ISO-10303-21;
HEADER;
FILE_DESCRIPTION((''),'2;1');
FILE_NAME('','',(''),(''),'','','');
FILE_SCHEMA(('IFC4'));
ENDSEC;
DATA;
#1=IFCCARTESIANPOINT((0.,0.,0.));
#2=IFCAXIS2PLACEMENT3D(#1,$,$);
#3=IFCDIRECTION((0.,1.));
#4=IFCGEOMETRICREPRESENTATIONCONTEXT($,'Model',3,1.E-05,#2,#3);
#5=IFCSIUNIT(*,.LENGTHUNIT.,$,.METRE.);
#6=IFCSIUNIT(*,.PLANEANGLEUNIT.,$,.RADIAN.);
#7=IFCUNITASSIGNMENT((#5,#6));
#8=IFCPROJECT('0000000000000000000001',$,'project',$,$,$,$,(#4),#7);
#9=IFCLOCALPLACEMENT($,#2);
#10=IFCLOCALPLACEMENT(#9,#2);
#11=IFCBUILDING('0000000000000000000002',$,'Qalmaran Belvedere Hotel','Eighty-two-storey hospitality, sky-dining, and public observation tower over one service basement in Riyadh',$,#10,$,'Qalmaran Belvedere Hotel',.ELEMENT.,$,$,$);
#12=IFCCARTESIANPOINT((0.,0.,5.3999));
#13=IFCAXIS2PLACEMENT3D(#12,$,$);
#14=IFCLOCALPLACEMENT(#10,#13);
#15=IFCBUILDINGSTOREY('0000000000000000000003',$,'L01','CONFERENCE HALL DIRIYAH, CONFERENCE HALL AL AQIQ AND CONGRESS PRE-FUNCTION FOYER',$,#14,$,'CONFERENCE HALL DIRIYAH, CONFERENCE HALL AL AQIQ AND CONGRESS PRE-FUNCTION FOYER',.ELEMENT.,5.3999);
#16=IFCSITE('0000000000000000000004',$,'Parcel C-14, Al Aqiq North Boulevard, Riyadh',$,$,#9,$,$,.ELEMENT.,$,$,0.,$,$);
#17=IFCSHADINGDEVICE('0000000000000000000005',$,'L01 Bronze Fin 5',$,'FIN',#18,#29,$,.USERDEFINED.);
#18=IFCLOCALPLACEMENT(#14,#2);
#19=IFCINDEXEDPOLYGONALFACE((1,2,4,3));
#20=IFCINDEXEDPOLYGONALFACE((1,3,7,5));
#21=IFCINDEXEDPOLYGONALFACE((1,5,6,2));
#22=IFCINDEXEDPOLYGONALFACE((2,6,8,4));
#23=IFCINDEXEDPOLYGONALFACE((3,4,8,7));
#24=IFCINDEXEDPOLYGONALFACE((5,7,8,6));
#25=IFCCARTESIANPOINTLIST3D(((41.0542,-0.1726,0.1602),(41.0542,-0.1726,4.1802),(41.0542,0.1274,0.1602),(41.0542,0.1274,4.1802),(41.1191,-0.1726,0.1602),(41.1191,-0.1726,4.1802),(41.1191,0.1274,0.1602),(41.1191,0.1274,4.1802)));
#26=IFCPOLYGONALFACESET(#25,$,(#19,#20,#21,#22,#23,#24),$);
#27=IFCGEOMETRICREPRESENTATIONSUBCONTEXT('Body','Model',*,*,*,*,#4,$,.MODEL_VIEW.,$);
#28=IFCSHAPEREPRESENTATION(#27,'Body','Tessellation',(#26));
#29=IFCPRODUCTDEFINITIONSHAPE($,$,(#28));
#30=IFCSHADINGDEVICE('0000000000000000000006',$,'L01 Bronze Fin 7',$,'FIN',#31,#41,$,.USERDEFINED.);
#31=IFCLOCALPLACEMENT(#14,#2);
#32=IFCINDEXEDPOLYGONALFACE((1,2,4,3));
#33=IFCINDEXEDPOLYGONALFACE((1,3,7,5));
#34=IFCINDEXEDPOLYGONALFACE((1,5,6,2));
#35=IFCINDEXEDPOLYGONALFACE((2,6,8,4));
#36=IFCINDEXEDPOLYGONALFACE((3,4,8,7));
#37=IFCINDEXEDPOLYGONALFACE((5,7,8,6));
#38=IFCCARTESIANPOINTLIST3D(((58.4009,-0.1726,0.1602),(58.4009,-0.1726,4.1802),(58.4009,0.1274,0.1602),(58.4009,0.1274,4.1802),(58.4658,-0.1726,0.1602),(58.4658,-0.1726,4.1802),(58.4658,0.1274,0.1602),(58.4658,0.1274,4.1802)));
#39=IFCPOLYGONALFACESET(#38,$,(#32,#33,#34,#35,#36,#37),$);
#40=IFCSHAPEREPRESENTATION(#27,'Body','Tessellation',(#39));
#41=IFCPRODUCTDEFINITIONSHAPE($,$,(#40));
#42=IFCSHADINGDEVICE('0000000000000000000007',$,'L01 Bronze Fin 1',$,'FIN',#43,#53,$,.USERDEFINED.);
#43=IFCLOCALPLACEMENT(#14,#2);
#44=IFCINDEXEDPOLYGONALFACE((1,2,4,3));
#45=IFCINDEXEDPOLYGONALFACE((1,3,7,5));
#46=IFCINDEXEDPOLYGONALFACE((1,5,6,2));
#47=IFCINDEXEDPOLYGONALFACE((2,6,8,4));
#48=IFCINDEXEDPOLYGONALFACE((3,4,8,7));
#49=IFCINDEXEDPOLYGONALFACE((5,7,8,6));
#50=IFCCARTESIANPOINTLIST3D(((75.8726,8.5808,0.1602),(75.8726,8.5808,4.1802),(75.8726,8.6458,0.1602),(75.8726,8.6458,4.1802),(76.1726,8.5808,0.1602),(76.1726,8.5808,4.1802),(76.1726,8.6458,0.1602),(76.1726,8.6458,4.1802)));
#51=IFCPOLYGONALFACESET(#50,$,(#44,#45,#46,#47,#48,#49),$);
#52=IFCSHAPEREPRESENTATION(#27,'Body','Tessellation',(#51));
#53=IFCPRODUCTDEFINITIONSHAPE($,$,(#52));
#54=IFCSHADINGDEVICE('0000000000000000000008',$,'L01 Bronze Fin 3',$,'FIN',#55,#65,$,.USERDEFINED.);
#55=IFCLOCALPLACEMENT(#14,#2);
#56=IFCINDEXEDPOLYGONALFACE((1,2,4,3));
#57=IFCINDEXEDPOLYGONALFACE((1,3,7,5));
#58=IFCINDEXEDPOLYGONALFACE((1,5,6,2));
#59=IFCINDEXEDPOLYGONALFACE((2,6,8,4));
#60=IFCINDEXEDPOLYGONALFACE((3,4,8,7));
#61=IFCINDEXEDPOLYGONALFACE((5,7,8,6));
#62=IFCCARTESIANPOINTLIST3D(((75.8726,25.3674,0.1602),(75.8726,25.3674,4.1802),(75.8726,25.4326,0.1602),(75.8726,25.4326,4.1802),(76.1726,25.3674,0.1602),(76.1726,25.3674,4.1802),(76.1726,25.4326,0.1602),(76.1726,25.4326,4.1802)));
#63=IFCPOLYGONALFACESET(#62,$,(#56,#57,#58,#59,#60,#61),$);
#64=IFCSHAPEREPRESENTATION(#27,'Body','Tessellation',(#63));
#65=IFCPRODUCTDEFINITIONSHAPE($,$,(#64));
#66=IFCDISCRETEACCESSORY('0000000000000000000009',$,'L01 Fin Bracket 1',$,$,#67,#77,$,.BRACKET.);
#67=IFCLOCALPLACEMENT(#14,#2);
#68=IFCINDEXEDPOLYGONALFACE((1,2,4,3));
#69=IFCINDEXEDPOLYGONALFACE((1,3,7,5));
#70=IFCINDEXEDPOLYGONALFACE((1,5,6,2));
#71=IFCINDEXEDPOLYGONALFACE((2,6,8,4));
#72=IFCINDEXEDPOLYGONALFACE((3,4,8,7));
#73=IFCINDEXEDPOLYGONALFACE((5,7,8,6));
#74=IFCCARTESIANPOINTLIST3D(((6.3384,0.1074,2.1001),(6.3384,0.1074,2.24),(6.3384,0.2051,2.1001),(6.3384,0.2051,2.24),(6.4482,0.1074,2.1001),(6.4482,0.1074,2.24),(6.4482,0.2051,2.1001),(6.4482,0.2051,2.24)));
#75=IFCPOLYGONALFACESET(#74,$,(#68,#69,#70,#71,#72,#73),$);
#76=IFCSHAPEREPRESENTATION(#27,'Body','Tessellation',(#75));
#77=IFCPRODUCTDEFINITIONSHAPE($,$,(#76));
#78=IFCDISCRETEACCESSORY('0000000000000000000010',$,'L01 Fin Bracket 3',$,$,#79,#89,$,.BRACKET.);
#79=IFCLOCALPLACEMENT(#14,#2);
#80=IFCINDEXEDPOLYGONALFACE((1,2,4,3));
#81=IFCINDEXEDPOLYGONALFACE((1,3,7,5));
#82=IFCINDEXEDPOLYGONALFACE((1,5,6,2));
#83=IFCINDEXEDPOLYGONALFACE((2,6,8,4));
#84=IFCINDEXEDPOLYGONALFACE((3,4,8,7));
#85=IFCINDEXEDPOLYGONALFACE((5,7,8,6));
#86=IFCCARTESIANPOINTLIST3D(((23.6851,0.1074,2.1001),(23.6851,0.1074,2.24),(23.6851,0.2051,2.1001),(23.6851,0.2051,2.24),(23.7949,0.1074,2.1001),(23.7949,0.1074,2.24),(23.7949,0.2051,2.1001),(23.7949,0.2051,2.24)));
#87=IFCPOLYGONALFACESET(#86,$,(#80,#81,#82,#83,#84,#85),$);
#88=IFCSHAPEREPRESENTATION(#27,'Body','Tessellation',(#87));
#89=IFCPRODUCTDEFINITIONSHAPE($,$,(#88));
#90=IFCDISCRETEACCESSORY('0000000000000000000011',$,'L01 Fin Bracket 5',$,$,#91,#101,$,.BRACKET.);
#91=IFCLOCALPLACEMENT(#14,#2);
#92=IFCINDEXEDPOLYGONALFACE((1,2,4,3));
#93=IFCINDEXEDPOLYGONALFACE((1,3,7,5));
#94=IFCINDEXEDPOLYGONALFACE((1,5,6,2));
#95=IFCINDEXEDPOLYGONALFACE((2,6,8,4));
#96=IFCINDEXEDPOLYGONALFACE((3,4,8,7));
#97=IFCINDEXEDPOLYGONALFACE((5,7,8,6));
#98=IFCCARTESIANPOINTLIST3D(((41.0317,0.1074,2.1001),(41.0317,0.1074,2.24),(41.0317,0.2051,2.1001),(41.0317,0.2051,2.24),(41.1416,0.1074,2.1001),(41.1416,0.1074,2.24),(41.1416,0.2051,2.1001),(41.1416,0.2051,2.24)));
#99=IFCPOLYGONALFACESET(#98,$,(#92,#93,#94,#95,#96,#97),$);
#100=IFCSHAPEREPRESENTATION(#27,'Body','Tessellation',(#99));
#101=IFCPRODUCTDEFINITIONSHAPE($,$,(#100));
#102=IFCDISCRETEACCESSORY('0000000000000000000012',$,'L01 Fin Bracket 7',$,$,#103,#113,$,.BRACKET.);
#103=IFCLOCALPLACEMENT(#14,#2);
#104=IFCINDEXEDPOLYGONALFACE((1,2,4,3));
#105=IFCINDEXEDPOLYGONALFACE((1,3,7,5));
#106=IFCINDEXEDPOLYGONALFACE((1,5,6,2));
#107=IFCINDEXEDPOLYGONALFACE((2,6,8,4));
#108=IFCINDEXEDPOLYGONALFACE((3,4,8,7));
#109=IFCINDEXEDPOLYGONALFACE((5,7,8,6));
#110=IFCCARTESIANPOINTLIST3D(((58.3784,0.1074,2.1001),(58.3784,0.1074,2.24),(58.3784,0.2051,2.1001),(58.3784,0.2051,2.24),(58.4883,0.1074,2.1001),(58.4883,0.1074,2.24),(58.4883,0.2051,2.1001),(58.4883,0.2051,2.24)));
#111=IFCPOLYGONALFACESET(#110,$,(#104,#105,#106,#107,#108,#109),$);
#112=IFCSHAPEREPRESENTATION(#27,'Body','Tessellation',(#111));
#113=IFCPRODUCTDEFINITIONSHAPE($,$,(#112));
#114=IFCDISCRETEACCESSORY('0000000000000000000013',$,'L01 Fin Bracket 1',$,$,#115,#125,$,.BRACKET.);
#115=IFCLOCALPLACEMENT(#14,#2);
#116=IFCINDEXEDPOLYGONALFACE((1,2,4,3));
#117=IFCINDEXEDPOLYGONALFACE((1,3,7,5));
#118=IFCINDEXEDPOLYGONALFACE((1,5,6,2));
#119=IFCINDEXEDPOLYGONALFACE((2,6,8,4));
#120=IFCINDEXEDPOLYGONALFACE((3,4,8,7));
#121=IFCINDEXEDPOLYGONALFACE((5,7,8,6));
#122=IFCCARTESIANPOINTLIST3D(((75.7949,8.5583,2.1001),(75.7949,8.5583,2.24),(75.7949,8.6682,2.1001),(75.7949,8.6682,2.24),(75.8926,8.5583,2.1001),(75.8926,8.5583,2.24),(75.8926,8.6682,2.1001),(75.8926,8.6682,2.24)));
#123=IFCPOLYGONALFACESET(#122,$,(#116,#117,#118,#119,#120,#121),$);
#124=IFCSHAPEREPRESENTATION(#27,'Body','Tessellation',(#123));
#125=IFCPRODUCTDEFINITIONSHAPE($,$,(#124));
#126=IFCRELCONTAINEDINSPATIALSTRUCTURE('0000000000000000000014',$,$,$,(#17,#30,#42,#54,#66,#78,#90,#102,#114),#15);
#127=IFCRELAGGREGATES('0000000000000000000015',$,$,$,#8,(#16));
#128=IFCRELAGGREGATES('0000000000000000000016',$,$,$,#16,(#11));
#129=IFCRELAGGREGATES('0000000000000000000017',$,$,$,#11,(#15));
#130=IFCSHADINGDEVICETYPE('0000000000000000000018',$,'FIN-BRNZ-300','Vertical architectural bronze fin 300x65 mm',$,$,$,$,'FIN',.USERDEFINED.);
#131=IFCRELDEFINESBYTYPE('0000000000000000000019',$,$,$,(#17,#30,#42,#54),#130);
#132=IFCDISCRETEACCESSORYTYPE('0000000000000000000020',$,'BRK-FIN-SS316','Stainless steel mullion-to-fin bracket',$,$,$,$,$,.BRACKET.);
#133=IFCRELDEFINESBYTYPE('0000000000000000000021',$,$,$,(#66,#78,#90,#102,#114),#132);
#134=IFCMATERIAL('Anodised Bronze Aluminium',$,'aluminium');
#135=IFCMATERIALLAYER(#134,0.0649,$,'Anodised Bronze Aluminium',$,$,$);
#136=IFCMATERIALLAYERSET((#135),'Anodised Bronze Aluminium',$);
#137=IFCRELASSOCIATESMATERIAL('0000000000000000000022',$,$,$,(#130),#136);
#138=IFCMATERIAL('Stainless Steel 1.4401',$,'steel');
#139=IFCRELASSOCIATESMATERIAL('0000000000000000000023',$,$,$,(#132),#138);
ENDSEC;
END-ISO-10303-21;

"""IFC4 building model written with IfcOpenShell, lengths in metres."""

from ifc_helpers import new_model, si_unit, direction, frame, origin, place, context, subcontext, project, spatial, polyline, outline, extrude, material, layer, layer_set, type_object, element, save


model = new_model("IFC4")

# Units and contexts
model_context = context("Model", 3, precision=1e-05, world=origin(), true_north=direction((0.0, 1.0)))
body_context = subcontext(model_context, "Body", "Model", "MODEL_VIEW")
ifc_project = project(units=[si_unit("LENGTHUNIT", "METRE"), si_unit("PLANEANGLEUNIT", "RADIAN")], contexts=[model_context])

# Site, building, storey
site_placement = place(None, origin())
site = spatial("IfcSite", under=ifc_project, at=site_placement, Name="Parcel C-14, Al Aqiq North Boulevard, Riyadh", CompositionType="ELEMENT", RefElevation=0.0)
building_placement = place(site_placement, origin())
building = spatial("IfcBuilding", under=site, at=building_placement, Name="Qalmaran Belvedere Hotel", Description="Eighty-two-storey hospitality, sky-dining, and public observation tower over one service basement in Riyadh", LongName="Qalmaran Belvedere Hotel", CompositionType="ELEMENT")
storey_placement = place(building_placement, frame((0.0, 0.0, 5.3999)))
storey = spatial("IfcBuildingStorey", under=building, at=storey_placement, Name="L01", Description="CONFERENCE HALL DIRIYAH, CONFERENCE HALL AL AQIQ AND CONGRESS PRE-FUNCTION FOYER", LongName="CONFERENCE HALL DIRIYAH, CONFERENCE HALL AL AQIQ AND CONGRESS PRE-FUNCTION FOYER", CompositionType="ELEMENT", Elevation=5.3999)

# Shared definitions
ifc_material_1 = material(Name="Anodised Bronze Aluminium", Category="aluminium")

# Shading devices
ifc_layer_1 = layer(ifc_material_1, 0.0649, Name="Anodised Bronze Aluminium")
ifc_layer_set_1 = layer_set([ifc_layer_1], Name="Anodised Bronze Aluminium")
shading_device_type = type_object("IfcShadingDeviceType", Name="FIN-BRNZ-300", Description="Vertical architectural bronze fin 300x65 mm", ElementType="FIN", PredefinedType="USERDEFINED", material=ifc_layer_set_1)
shading_device_1_placement = place(storey_placement, frame((0.0, 0.0, 0.1602)))
element("IfcShadingDevice", 1, at=shading_device_1_placement, inside=storey, type_object=shading_device_type, Name="L01 Bronze Fin 5", ObjectType="FIN", PredefinedType="USERDEFINED", context=body_context, shape_type="SweptSolid", body=[
    extrude(outline(polyline([(41.0542, 0.1274), (41.0542, -0.1726), (41.1191, -0.1726), (41.1191, 0.1274), (41.0542, 0.1274)])), origin(), (0.0, 0.0, 1.0), 4.02),
])
shading_device_2_placement = place(storey_placement, frame((0.0, 0.0, 0.1602)))
element("IfcShadingDevice", 2, at=shading_device_2_placement, inside=storey, type_object=shading_device_type, Name="L01 Bronze Fin 7", ObjectType="FIN", PredefinedType="USERDEFINED", context=body_context, shape_type="SweptSolid", body=[
    extrude(outline(polyline([(58.4009, 0.1274), (58.4009, -0.1726), (58.4658, -0.1726), (58.4658, 0.1274), (58.4009, 0.1274)])), origin(), (0.0, 0.0, 1.0), 4.02),
])
shading_device_3_placement = place(storey_placement, frame((0.0, 0.0, 0.1602)))
element("IfcShadingDevice", 3, at=shading_device_3_placement, inside=storey, type_object=shading_device_type, Name="L01 Bronze Fin 1", ObjectType="FIN", PredefinedType="USERDEFINED", context=body_context, shape_type="SweptSolid", body=[
    extrude(outline(polyline([(75.8726, 8.5808), (76.1726, 8.5808), (76.1726, 8.6458), (75.8726, 8.6458), (75.8726, 8.5808)])), origin(), (0.0, 0.0, 1.0), 4.02),
])
shading_device_4_placement = place(storey_placement, frame((0.0, 0.0, 0.1602)))
element("IfcShadingDevice", 4, at=shading_device_4_placement, inside=storey, type_object=shading_device_type, Name="L01 Bronze Fin 3", ObjectType="FIN", PredefinedType="USERDEFINED", context=body_context, shape_type="SweptSolid", body=[
    extrude(outline(polyline([(75.8726, 25.3674), (76.1726, 25.3674), (76.1726, 25.4326), (75.8726, 25.4326), (75.8726, 25.3674)])), origin(), (0.0, 0.0, 1.0), 4.02),
])

# Discrete accessories
ifc_material_2 = material(Name="Stainless Steel 1.4401", Category="steel")
discrete_accessory_type = type_object("IfcDiscreteAccessoryType", Name="BRK-FIN-SS316", Description="Stainless steel mullion-to-fin bracket", PredefinedType="BRACKET", material=ifc_material_2)
discrete_accessory_1_placement = place(storey_placement, frame((0.0, 0.0, 2.1001)))
element("IfcDiscreteAccessory", 5, at=discrete_accessory_1_placement, inside=storey, type_object=discrete_accessory_type, Name="L01 Fin Bracket 1", PredefinedType="BRACKET", context=body_context, shape_type="SweptSolid", body=[
    extrude(outline(polyline([(6.3384, 0.2051), (6.3384, 0.1074), (6.4482, 0.1074), (6.4482, 0.2051), (6.3384, 0.2051)])), origin(), (0.0, 0.0, 1.0), 0.1399),
])
discrete_accessory_2_placement = place(storey_placement, frame((0.0, 0.0, 2.1001)))
element("IfcDiscreteAccessory", 6, at=discrete_accessory_2_placement, inside=storey, type_object=discrete_accessory_type, Name="L01 Fin Bracket 3", PredefinedType="BRACKET", context=body_context, shape_type="SweptSolid", body=[
    extrude(outline(polyline([(23.6851, 0.2051), (23.6851, 0.1074), (23.7949, 0.1074), (23.7949, 0.2051), (23.6851, 0.2051)])), origin(), (0.0, 0.0, 1.0), 0.1399),
])
discrete_accessory_3_placement = place(storey_placement, frame((0.0, 0.0, 2.1001)))
element("IfcDiscreteAccessory", 7, at=discrete_accessory_3_placement, inside=storey, type_object=discrete_accessory_type, Name="L01 Fin Bracket 5", PredefinedType="BRACKET", context=body_context, shape_type="SweptSolid", body=[
    extrude(outline(polyline([(41.0317, 0.2051), (41.0317, 0.1074), (41.1416, 0.1074), (41.1416, 0.2051), (41.0317, 0.2051)])), origin(), (0.0, 0.0, 1.0), 0.1399),
])
discrete_accessory_4_placement = place(storey_placement, frame((0.0, 0.0, 2.1001)))
element("IfcDiscreteAccessory", 8, at=discrete_accessory_4_placement, inside=storey, type_object=discrete_accessory_type, Name="L01 Fin Bracket 7", PredefinedType="BRACKET", context=body_context, shape_type="SweptSolid", body=[
    extrude(outline(polyline([(58.3784, 0.2051), (58.3784, 0.1074), (58.4883, 0.1074), (58.4883, 0.2051), (58.3784, 0.2051)])), origin(), (0.0, 0.0, 1.0), 0.1399),
])
discrete_accessory_5_placement = place(storey_placement, frame((0.0, 0.0, 2.1001)))
element("IfcDiscreteAccessory", 9, at=discrete_accessory_5_placement, inside=storey, type_object=discrete_accessory_type, Name="L01 Fin Bracket 1", PredefinedType="BRACKET", context=body_context, shape_type="SweptSolid", body=[
    extrude(outline(polyline([(75.7949, 8.5583), (75.8926, 8.5583), (75.8926, 8.6682), (75.7949, 8.6682), (75.7949, 8.5583)])), origin(), (0.0, 0.0, 1.0), 0.1399),
])

save(model, "model.ifc")
